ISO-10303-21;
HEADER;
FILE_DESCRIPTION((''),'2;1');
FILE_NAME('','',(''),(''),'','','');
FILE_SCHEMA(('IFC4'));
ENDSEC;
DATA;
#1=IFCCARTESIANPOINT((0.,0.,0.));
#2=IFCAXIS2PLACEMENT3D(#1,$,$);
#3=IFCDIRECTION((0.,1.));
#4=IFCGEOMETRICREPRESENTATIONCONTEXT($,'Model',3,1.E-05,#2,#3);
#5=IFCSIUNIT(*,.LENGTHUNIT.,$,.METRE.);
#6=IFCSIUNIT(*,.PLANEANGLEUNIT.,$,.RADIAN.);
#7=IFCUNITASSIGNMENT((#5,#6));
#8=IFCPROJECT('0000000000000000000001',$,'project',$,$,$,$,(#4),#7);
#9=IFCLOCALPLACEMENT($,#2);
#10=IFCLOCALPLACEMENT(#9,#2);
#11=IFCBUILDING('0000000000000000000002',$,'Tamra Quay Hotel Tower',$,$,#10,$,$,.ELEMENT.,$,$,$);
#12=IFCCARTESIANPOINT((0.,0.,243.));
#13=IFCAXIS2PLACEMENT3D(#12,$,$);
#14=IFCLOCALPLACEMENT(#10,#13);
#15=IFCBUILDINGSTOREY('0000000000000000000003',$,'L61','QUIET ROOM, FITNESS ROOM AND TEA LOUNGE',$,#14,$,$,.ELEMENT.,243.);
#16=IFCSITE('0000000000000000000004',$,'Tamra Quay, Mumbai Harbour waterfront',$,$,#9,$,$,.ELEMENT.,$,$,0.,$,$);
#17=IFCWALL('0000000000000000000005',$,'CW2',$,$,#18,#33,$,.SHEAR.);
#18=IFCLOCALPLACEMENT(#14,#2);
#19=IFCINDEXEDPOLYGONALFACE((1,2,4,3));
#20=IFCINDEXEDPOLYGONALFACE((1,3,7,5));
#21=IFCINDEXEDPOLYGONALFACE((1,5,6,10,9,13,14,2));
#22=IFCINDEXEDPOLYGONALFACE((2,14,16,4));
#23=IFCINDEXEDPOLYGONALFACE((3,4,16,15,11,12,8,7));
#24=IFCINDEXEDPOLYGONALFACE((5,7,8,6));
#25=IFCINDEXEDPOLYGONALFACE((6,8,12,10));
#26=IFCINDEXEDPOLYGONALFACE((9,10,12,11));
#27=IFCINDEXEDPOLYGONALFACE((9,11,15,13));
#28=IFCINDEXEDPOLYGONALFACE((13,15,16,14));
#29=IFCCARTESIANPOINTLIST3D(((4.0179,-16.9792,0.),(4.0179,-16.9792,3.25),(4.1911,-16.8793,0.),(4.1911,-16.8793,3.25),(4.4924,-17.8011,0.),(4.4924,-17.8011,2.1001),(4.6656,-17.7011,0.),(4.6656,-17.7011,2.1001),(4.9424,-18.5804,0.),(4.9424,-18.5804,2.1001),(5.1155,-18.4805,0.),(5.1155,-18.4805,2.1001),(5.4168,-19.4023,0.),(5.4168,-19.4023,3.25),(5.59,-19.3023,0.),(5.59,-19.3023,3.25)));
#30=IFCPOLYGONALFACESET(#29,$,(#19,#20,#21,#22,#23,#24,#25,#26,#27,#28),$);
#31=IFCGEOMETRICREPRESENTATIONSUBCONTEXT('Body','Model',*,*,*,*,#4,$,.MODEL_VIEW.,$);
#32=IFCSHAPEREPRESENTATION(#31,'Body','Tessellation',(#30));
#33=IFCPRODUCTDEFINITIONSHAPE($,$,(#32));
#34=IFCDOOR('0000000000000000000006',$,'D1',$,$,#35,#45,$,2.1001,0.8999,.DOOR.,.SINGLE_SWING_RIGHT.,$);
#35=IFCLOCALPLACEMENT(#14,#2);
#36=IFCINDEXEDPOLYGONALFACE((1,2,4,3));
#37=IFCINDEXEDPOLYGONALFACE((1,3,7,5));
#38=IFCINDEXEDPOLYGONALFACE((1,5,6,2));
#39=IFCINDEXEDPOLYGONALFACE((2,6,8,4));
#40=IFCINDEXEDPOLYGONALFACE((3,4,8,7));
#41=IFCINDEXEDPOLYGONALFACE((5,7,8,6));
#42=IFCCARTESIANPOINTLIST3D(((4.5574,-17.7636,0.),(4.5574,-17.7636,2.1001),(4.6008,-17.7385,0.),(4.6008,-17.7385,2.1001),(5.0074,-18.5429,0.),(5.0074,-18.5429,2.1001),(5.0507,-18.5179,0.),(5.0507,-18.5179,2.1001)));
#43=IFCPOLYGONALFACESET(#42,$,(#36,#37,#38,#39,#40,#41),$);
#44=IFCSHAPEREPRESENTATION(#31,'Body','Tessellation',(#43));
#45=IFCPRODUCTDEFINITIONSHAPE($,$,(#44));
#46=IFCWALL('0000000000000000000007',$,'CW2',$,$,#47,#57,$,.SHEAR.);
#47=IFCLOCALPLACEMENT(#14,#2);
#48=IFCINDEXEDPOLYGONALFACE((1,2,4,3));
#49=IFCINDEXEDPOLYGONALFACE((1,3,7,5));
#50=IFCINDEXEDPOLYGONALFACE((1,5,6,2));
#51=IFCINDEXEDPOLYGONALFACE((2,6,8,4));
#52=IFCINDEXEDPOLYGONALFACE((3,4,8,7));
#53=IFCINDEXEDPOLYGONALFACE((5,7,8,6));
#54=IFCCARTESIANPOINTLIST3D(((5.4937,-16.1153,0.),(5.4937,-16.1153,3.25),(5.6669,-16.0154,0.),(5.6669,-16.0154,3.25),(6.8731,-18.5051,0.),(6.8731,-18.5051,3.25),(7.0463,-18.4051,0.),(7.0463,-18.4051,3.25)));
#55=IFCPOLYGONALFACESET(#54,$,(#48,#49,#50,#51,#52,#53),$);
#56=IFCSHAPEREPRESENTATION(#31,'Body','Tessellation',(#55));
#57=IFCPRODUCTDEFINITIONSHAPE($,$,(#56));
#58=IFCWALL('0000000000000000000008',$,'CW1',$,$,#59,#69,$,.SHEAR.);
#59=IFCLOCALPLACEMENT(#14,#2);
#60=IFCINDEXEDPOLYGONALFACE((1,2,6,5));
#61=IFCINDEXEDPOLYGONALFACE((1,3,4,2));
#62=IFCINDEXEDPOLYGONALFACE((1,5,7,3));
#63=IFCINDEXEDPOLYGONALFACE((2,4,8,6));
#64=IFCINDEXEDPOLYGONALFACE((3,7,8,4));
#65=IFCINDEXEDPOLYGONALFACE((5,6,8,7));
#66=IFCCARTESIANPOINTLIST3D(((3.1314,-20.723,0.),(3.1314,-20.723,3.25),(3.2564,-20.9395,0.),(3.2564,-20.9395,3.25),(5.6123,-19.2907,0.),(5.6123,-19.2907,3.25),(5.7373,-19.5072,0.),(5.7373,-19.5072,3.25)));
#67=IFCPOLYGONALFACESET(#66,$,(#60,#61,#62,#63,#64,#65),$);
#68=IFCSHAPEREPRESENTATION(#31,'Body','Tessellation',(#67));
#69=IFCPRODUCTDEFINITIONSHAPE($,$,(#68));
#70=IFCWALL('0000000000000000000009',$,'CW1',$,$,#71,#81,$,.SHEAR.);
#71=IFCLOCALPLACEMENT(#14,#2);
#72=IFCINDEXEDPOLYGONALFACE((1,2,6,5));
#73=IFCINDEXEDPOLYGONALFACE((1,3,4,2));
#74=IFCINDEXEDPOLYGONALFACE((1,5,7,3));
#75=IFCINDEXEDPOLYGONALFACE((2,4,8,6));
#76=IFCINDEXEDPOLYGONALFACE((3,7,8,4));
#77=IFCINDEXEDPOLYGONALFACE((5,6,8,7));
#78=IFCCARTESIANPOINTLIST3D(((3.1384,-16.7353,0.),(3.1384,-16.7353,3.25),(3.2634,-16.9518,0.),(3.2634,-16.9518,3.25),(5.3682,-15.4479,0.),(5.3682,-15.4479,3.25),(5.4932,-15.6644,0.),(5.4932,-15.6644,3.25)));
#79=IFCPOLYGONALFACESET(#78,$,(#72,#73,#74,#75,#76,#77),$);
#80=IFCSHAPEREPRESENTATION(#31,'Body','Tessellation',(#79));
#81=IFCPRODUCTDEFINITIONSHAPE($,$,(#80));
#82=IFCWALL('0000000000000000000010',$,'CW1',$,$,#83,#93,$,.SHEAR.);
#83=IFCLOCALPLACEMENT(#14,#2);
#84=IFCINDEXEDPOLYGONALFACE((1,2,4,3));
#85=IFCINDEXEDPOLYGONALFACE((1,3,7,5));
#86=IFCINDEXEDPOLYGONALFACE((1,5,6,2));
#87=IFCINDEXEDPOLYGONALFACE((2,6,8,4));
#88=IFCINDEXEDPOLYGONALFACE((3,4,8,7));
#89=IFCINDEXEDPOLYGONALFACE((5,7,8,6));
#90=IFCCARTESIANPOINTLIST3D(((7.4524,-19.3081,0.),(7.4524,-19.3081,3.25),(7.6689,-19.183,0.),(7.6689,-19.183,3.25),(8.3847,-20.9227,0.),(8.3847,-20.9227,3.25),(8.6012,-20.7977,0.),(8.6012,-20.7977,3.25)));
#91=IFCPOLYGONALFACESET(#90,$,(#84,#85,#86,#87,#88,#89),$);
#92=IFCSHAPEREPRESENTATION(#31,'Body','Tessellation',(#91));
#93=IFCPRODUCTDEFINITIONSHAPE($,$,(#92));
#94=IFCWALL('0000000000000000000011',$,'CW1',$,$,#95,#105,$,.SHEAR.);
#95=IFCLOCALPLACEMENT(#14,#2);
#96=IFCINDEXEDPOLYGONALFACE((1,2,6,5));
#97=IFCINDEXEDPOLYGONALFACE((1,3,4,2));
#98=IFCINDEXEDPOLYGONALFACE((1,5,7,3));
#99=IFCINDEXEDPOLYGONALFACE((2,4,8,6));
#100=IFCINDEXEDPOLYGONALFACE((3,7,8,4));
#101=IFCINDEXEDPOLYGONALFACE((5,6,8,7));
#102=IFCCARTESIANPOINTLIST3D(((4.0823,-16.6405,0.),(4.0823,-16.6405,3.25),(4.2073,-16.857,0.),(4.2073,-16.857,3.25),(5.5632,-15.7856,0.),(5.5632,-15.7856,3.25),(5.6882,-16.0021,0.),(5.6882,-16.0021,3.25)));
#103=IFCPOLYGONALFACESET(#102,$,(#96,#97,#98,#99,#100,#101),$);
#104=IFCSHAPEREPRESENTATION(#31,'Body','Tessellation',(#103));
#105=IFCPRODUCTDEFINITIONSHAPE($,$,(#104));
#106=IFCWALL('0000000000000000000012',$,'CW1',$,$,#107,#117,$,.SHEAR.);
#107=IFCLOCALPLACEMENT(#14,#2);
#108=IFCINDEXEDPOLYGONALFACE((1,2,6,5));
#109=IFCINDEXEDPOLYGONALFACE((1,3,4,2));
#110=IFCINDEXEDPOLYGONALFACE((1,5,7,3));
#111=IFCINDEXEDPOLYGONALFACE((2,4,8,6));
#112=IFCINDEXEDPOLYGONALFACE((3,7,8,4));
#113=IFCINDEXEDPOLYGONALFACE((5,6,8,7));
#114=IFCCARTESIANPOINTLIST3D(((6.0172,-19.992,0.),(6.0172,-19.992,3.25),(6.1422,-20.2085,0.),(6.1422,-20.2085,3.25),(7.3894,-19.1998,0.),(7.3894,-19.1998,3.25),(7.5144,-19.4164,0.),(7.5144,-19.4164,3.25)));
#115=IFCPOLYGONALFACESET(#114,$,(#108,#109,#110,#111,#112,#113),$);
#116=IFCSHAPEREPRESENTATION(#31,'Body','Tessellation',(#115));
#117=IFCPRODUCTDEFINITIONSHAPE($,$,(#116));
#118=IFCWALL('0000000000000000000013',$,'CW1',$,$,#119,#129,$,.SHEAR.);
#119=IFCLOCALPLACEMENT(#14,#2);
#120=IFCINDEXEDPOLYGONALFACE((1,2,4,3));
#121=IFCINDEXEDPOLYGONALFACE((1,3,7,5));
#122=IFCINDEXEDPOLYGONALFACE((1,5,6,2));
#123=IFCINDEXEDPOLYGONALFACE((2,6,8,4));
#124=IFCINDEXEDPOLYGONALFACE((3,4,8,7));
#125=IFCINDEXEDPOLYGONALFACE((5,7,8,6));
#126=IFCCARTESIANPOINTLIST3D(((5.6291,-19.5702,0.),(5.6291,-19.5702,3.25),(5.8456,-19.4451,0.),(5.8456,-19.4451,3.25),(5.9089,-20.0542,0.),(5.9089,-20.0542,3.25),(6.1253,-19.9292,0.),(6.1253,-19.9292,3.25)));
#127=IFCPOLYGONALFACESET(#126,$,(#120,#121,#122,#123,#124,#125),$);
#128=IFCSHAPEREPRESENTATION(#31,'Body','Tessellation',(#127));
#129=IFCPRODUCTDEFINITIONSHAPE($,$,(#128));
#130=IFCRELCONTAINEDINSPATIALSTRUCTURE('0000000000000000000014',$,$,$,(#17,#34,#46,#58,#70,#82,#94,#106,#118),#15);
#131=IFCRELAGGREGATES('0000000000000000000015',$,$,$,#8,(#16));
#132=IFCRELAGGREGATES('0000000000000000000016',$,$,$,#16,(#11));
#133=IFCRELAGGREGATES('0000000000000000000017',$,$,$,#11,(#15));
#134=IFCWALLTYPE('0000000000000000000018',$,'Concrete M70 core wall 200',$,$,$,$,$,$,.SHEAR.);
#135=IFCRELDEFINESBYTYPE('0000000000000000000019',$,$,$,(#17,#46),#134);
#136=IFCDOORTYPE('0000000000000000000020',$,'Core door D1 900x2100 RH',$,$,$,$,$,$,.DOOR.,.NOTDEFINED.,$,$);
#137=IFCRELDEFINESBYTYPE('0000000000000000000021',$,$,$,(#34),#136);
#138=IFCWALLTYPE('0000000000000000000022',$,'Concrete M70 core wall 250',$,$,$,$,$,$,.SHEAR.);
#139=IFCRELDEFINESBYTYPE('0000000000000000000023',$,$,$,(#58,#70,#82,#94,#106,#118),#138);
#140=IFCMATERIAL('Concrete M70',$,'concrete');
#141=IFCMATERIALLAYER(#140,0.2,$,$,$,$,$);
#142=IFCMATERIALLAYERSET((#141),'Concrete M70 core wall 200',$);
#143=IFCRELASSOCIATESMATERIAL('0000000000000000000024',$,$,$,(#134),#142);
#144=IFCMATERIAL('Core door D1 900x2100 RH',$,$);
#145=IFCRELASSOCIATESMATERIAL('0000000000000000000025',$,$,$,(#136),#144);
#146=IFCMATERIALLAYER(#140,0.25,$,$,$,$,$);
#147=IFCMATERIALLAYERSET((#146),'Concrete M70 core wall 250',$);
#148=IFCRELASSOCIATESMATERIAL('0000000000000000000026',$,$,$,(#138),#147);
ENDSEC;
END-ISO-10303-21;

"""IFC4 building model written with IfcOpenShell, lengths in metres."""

from ifc_helpers import new_model, si_unit, direction, frame, frame_2d, origin, place, context, subcontext, project, spatial, rectangle, extrude, material, layer, layer_set, type_object, element, fill, save


model = new_model("IFC4")

# Units and contexts
model_context = context("Model", 3, precision=1e-05, world=origin(), true_north=direction((0.0, 1.0)))
body_context = subcontext(model_context, "Body", "Model", "MODEL_VIEW")
ifc_project = project(units=[si_unit("LENGTHUNIT", "METRE"), si_unit("PLANEANGLEUNIT", "RADIAN")], contexts=[model_context])

# Site, building, storey
site_placement = place(None, origin())
site = spatial("IfcSite", under=ifc_project, at=site_placement, Name="Tamra Quay, Mumbai Harbour waterfront", CompositionType="ELEMENT", RefElevation=0.0)
building_placement = place(site_placement, origin())
building = spatial("IfcBuilding", under=site, at=building_placement, Name="Tamra Quay Hotel Tower", CompositionType="ELEMENT")
storey_placement = place(building_placement, frame((0.0, 0.0, 243.0)))
storey = spatial("IfcBuildingStorey", under=building, at=storey_placement, Name="L61", Description="QUIET ROOM, FITNESS ROOM AND TEA LOUNGE", CompositionType="ELEMENT", Elevation=243.0)

# Shared definitions
ifc_material_1 = material(Name="Concrete M70", Category="concrete")

# Shared definitions
ifc_layer_1 = layer(ifc_material_1, 0.2)
ifc_layer_set_1 = layer_set([ifc_layer_1], Name="Concrete M70 core wall 200")
wall_type_1 = type_object("IfcWallType", Name="Concrete M70 core wall 200", PredefinedType="SHEAR", material=ifc_layer_set_1)

# Wall, opening, door
wall_1_placement = place(storey_placement, frame((5.5034, -19.3523, 0.0), z_axis=(0.0, 0.0, 1.0), x_axis=(-0.499987, 0.866033, 0.0)))
wall_1 = element("IfcWall", 1, at=wall_1_placement, inside=storey, type_object=wall_type_1, Name="CW2", PredefinedType="SHEAR", context=body_context, shape_type="SweptSolid", body=[
    extrude(rectangle(XDim=2.7979, YDim=0.2, at=frame_2d((1.3989, 0.0))), origin(), (0.0, 0.0, 1.0), 3.25),
])
opening_1_placement = place(wall_1_placement, frame((0.949, 0.0, 0.0)))
opening_1 = element("IfcOpeningElement", 2, at=opening_1_placement, cuts=wall_1, PredefinedType="OPENING", context=body_context, shape_type="SweptSolid", body=[
    extrude(rectangle(XDim=0.8999, YDim=2.1001, at=frame_2d((0.45, 1.05))), frame((0.0, 0.1099, 0.0), z_axis=(0.0, -1.0, 0.0), x_axis=(1.0, 0.0, 0.0)), (0.0, 0.0, 1.0), 0.22),
])
ifc_material_2 = material(Name="Core door D1 900x2100 RH")
door_type_1 = type_object("IfcDoorType", Name="Core door D1 900x2100 RH", OperationType="NOTDEFINED", PredefinedType="DOOR", material=ifc_material_2)
door_1_placement = place(opening_1_placement, origin())
door_1 = element("IfcDoor", 3, at=door_1_placement, inside=storey, type_object=door_type_1, Name="D1", OperationType="SINGLE_SWING_RIGHT", OverallHeight=2.1001, OverallWidth=0.8999, PredefinedType="DOOR", context=body_context, shape_type="SweptSolid", body=[
    extrude(rectangle(XDim=0.8999, YDim=2.1001, at=frame_2d((0.45, 1.05))), frame((0.0, 0.0249, 0.0), z_axis=(0.0, -1.0, 0.0), x_axis=(1.0, 0.0, 0.0)), (0.0, 0.0, 1.0), 0.05),
])
fill(opening_1, door_1)

# Walls
wall_2_placement = place(storey_placement, frame((6.9597, -18.4551, 0.0), z_axis=(0.0, 0.0, 1.0), x_axis=(-0.499927, 0.866068, 0.0)))
element("IfcWall", 4, at=wall_2_placement, inside=storey, type_object=wall_type_1, Name="CW2", PredefinedType="SHEAR", context=body_context, shape_type="SweptSolid", body=[
    extrude(rectangle(XDim=2.7593, YDim=0.2, at=frame_2d((1.3796, 0.0))), origin(), (0.0, 0.0, 1.0), 3.25),
])
ifc_layer_2 = layer(ifc_material_1, 0.25)
ifc_layer_set_2 = layer_set([ifc_layer_2], Name="Concrete M70 core wall 250")
wall_type_2 = type_object("IfcWallType", Name="Concrete M70 core wall 250", PredefinedType="SHEAR", material=ifc_layer_set_2)
wall_3_placement = place(storey_placement, frame((5.6748, -19.3989, 0.0), z_axis=(0.0, 0.0, 1.0), x_axis=(-0.866027, -0.499998, 0.0)))
element("IfcWall", 5, at=wall_3_placement, inside=storey, type_object=wall_type_2, Name="CW1", PredefinedType="SHEAR", context=body_context, shape_type="SweptSolid", body=[
    extrude(rectangle(XDim=2.8647, YDim=0.25, at=frame_2d((1.4324, 0.0))), origin(), (0.0, 0.0, 1.0), 3.25),
])
wall_4_placement = place(storey_placement, frame((5.4307, -15.5562, 0.0), z_axis=(0.0, 0.0, 1.0), x_axis=(-0.866023, -0.500004, 0.0)))
element("IfcWall", 6, at=wall_4_placement, inside=storey, type_object=wall_type_2, Name="CW1", PredefinedType="SHEAR", context=body_context, shape_type="SweptSolid", body=[
    extrude(rectangle(XDim=2.5747, YDim=0.25, at=frame_2d((1.2874, 0.0))), origin(), (0.0, 0.0, 1.0), 3.25),
])
wall_5_placement = place(storey_placement, frame((8.4929, -20.8601, 0.0), z_axis=(0.0, 0.0, 1.0), x_axis=(-0.50004, 0.866002, 0.0)))
element("IfcWall", 7, at=wall_5_placement, inside=storey, type_object=wall_type_2, Name="CW1", PredefinedType="SHEAR", context=body_context, shape_type="SweptSolid", body=[
    extrude(rectangle(XDim=1.8645, YDim=0.25, at=frame_2d((0.9321, 0.0))), origin(), (0.0, 0.0, 1.0), 3.25),
])
wall_6_placement = place(storey_placement, frame((4.1448, -16.7488, 0.0), z_axis=(0.0, 0.0, 1.0), x_axis=(0.866038, 0.499978, 0.0)))
element("IfcWall", 8, at=wall_6_placement, inside=storey, type_object=wall_type_2, Name="CW1", PredefinedType="SHEAR", context=body_context, shape_type="SweptSolid", body=[
    extrude(rectangle(XDim=1.71, YDim=0.25, at=frame_2d((0.855, 0.0))), origin(), (0.0, 0.0, 1.0), 3.25),
])
wall_7_placement = place(storey_placement, frame((7.4519, -19.3081, 0.0), z_axis=(0.0, 0.0, 1.0), x_axis=(-0.866044, -0.499967, 0.0)))
element("IfcWall", 9, at=wall_7_placement, inside=storey, type_object=wall_type_2, Name="CW1", PredefinedType="SHEAR", context=body_context, shape_type="SweptSolid", body=[
    extrude(rectangle(XDim=1.5845, YDim=0.25, at=frame_2d((0.7922, 0.0))), origin(), (0.0, 0.0, 1.0), 3.25),
])
wall_8_placement = place(storey_placement, frame((6.0171, -19.9917, 0.0), z_axis=(0.0, 0.0, 1.0), x_axis=(-0.500365, 0.865815, 0.0)))
element("IfcWall", 10, at=wall_8_placement, inside=storey, type_object=wall_type_2, Name="CW1", PredefinedType="SHEAR", context=body_context, shape_type="SweptSolid", body=[
    extrude(rectangle(XDim=0.5591, YDim=0.25, at=frame_2d((0.2795, 0.0))), origin(), (0.0, 0.0, 1.0), 3.25),
])

save(model, "model.ifc")
